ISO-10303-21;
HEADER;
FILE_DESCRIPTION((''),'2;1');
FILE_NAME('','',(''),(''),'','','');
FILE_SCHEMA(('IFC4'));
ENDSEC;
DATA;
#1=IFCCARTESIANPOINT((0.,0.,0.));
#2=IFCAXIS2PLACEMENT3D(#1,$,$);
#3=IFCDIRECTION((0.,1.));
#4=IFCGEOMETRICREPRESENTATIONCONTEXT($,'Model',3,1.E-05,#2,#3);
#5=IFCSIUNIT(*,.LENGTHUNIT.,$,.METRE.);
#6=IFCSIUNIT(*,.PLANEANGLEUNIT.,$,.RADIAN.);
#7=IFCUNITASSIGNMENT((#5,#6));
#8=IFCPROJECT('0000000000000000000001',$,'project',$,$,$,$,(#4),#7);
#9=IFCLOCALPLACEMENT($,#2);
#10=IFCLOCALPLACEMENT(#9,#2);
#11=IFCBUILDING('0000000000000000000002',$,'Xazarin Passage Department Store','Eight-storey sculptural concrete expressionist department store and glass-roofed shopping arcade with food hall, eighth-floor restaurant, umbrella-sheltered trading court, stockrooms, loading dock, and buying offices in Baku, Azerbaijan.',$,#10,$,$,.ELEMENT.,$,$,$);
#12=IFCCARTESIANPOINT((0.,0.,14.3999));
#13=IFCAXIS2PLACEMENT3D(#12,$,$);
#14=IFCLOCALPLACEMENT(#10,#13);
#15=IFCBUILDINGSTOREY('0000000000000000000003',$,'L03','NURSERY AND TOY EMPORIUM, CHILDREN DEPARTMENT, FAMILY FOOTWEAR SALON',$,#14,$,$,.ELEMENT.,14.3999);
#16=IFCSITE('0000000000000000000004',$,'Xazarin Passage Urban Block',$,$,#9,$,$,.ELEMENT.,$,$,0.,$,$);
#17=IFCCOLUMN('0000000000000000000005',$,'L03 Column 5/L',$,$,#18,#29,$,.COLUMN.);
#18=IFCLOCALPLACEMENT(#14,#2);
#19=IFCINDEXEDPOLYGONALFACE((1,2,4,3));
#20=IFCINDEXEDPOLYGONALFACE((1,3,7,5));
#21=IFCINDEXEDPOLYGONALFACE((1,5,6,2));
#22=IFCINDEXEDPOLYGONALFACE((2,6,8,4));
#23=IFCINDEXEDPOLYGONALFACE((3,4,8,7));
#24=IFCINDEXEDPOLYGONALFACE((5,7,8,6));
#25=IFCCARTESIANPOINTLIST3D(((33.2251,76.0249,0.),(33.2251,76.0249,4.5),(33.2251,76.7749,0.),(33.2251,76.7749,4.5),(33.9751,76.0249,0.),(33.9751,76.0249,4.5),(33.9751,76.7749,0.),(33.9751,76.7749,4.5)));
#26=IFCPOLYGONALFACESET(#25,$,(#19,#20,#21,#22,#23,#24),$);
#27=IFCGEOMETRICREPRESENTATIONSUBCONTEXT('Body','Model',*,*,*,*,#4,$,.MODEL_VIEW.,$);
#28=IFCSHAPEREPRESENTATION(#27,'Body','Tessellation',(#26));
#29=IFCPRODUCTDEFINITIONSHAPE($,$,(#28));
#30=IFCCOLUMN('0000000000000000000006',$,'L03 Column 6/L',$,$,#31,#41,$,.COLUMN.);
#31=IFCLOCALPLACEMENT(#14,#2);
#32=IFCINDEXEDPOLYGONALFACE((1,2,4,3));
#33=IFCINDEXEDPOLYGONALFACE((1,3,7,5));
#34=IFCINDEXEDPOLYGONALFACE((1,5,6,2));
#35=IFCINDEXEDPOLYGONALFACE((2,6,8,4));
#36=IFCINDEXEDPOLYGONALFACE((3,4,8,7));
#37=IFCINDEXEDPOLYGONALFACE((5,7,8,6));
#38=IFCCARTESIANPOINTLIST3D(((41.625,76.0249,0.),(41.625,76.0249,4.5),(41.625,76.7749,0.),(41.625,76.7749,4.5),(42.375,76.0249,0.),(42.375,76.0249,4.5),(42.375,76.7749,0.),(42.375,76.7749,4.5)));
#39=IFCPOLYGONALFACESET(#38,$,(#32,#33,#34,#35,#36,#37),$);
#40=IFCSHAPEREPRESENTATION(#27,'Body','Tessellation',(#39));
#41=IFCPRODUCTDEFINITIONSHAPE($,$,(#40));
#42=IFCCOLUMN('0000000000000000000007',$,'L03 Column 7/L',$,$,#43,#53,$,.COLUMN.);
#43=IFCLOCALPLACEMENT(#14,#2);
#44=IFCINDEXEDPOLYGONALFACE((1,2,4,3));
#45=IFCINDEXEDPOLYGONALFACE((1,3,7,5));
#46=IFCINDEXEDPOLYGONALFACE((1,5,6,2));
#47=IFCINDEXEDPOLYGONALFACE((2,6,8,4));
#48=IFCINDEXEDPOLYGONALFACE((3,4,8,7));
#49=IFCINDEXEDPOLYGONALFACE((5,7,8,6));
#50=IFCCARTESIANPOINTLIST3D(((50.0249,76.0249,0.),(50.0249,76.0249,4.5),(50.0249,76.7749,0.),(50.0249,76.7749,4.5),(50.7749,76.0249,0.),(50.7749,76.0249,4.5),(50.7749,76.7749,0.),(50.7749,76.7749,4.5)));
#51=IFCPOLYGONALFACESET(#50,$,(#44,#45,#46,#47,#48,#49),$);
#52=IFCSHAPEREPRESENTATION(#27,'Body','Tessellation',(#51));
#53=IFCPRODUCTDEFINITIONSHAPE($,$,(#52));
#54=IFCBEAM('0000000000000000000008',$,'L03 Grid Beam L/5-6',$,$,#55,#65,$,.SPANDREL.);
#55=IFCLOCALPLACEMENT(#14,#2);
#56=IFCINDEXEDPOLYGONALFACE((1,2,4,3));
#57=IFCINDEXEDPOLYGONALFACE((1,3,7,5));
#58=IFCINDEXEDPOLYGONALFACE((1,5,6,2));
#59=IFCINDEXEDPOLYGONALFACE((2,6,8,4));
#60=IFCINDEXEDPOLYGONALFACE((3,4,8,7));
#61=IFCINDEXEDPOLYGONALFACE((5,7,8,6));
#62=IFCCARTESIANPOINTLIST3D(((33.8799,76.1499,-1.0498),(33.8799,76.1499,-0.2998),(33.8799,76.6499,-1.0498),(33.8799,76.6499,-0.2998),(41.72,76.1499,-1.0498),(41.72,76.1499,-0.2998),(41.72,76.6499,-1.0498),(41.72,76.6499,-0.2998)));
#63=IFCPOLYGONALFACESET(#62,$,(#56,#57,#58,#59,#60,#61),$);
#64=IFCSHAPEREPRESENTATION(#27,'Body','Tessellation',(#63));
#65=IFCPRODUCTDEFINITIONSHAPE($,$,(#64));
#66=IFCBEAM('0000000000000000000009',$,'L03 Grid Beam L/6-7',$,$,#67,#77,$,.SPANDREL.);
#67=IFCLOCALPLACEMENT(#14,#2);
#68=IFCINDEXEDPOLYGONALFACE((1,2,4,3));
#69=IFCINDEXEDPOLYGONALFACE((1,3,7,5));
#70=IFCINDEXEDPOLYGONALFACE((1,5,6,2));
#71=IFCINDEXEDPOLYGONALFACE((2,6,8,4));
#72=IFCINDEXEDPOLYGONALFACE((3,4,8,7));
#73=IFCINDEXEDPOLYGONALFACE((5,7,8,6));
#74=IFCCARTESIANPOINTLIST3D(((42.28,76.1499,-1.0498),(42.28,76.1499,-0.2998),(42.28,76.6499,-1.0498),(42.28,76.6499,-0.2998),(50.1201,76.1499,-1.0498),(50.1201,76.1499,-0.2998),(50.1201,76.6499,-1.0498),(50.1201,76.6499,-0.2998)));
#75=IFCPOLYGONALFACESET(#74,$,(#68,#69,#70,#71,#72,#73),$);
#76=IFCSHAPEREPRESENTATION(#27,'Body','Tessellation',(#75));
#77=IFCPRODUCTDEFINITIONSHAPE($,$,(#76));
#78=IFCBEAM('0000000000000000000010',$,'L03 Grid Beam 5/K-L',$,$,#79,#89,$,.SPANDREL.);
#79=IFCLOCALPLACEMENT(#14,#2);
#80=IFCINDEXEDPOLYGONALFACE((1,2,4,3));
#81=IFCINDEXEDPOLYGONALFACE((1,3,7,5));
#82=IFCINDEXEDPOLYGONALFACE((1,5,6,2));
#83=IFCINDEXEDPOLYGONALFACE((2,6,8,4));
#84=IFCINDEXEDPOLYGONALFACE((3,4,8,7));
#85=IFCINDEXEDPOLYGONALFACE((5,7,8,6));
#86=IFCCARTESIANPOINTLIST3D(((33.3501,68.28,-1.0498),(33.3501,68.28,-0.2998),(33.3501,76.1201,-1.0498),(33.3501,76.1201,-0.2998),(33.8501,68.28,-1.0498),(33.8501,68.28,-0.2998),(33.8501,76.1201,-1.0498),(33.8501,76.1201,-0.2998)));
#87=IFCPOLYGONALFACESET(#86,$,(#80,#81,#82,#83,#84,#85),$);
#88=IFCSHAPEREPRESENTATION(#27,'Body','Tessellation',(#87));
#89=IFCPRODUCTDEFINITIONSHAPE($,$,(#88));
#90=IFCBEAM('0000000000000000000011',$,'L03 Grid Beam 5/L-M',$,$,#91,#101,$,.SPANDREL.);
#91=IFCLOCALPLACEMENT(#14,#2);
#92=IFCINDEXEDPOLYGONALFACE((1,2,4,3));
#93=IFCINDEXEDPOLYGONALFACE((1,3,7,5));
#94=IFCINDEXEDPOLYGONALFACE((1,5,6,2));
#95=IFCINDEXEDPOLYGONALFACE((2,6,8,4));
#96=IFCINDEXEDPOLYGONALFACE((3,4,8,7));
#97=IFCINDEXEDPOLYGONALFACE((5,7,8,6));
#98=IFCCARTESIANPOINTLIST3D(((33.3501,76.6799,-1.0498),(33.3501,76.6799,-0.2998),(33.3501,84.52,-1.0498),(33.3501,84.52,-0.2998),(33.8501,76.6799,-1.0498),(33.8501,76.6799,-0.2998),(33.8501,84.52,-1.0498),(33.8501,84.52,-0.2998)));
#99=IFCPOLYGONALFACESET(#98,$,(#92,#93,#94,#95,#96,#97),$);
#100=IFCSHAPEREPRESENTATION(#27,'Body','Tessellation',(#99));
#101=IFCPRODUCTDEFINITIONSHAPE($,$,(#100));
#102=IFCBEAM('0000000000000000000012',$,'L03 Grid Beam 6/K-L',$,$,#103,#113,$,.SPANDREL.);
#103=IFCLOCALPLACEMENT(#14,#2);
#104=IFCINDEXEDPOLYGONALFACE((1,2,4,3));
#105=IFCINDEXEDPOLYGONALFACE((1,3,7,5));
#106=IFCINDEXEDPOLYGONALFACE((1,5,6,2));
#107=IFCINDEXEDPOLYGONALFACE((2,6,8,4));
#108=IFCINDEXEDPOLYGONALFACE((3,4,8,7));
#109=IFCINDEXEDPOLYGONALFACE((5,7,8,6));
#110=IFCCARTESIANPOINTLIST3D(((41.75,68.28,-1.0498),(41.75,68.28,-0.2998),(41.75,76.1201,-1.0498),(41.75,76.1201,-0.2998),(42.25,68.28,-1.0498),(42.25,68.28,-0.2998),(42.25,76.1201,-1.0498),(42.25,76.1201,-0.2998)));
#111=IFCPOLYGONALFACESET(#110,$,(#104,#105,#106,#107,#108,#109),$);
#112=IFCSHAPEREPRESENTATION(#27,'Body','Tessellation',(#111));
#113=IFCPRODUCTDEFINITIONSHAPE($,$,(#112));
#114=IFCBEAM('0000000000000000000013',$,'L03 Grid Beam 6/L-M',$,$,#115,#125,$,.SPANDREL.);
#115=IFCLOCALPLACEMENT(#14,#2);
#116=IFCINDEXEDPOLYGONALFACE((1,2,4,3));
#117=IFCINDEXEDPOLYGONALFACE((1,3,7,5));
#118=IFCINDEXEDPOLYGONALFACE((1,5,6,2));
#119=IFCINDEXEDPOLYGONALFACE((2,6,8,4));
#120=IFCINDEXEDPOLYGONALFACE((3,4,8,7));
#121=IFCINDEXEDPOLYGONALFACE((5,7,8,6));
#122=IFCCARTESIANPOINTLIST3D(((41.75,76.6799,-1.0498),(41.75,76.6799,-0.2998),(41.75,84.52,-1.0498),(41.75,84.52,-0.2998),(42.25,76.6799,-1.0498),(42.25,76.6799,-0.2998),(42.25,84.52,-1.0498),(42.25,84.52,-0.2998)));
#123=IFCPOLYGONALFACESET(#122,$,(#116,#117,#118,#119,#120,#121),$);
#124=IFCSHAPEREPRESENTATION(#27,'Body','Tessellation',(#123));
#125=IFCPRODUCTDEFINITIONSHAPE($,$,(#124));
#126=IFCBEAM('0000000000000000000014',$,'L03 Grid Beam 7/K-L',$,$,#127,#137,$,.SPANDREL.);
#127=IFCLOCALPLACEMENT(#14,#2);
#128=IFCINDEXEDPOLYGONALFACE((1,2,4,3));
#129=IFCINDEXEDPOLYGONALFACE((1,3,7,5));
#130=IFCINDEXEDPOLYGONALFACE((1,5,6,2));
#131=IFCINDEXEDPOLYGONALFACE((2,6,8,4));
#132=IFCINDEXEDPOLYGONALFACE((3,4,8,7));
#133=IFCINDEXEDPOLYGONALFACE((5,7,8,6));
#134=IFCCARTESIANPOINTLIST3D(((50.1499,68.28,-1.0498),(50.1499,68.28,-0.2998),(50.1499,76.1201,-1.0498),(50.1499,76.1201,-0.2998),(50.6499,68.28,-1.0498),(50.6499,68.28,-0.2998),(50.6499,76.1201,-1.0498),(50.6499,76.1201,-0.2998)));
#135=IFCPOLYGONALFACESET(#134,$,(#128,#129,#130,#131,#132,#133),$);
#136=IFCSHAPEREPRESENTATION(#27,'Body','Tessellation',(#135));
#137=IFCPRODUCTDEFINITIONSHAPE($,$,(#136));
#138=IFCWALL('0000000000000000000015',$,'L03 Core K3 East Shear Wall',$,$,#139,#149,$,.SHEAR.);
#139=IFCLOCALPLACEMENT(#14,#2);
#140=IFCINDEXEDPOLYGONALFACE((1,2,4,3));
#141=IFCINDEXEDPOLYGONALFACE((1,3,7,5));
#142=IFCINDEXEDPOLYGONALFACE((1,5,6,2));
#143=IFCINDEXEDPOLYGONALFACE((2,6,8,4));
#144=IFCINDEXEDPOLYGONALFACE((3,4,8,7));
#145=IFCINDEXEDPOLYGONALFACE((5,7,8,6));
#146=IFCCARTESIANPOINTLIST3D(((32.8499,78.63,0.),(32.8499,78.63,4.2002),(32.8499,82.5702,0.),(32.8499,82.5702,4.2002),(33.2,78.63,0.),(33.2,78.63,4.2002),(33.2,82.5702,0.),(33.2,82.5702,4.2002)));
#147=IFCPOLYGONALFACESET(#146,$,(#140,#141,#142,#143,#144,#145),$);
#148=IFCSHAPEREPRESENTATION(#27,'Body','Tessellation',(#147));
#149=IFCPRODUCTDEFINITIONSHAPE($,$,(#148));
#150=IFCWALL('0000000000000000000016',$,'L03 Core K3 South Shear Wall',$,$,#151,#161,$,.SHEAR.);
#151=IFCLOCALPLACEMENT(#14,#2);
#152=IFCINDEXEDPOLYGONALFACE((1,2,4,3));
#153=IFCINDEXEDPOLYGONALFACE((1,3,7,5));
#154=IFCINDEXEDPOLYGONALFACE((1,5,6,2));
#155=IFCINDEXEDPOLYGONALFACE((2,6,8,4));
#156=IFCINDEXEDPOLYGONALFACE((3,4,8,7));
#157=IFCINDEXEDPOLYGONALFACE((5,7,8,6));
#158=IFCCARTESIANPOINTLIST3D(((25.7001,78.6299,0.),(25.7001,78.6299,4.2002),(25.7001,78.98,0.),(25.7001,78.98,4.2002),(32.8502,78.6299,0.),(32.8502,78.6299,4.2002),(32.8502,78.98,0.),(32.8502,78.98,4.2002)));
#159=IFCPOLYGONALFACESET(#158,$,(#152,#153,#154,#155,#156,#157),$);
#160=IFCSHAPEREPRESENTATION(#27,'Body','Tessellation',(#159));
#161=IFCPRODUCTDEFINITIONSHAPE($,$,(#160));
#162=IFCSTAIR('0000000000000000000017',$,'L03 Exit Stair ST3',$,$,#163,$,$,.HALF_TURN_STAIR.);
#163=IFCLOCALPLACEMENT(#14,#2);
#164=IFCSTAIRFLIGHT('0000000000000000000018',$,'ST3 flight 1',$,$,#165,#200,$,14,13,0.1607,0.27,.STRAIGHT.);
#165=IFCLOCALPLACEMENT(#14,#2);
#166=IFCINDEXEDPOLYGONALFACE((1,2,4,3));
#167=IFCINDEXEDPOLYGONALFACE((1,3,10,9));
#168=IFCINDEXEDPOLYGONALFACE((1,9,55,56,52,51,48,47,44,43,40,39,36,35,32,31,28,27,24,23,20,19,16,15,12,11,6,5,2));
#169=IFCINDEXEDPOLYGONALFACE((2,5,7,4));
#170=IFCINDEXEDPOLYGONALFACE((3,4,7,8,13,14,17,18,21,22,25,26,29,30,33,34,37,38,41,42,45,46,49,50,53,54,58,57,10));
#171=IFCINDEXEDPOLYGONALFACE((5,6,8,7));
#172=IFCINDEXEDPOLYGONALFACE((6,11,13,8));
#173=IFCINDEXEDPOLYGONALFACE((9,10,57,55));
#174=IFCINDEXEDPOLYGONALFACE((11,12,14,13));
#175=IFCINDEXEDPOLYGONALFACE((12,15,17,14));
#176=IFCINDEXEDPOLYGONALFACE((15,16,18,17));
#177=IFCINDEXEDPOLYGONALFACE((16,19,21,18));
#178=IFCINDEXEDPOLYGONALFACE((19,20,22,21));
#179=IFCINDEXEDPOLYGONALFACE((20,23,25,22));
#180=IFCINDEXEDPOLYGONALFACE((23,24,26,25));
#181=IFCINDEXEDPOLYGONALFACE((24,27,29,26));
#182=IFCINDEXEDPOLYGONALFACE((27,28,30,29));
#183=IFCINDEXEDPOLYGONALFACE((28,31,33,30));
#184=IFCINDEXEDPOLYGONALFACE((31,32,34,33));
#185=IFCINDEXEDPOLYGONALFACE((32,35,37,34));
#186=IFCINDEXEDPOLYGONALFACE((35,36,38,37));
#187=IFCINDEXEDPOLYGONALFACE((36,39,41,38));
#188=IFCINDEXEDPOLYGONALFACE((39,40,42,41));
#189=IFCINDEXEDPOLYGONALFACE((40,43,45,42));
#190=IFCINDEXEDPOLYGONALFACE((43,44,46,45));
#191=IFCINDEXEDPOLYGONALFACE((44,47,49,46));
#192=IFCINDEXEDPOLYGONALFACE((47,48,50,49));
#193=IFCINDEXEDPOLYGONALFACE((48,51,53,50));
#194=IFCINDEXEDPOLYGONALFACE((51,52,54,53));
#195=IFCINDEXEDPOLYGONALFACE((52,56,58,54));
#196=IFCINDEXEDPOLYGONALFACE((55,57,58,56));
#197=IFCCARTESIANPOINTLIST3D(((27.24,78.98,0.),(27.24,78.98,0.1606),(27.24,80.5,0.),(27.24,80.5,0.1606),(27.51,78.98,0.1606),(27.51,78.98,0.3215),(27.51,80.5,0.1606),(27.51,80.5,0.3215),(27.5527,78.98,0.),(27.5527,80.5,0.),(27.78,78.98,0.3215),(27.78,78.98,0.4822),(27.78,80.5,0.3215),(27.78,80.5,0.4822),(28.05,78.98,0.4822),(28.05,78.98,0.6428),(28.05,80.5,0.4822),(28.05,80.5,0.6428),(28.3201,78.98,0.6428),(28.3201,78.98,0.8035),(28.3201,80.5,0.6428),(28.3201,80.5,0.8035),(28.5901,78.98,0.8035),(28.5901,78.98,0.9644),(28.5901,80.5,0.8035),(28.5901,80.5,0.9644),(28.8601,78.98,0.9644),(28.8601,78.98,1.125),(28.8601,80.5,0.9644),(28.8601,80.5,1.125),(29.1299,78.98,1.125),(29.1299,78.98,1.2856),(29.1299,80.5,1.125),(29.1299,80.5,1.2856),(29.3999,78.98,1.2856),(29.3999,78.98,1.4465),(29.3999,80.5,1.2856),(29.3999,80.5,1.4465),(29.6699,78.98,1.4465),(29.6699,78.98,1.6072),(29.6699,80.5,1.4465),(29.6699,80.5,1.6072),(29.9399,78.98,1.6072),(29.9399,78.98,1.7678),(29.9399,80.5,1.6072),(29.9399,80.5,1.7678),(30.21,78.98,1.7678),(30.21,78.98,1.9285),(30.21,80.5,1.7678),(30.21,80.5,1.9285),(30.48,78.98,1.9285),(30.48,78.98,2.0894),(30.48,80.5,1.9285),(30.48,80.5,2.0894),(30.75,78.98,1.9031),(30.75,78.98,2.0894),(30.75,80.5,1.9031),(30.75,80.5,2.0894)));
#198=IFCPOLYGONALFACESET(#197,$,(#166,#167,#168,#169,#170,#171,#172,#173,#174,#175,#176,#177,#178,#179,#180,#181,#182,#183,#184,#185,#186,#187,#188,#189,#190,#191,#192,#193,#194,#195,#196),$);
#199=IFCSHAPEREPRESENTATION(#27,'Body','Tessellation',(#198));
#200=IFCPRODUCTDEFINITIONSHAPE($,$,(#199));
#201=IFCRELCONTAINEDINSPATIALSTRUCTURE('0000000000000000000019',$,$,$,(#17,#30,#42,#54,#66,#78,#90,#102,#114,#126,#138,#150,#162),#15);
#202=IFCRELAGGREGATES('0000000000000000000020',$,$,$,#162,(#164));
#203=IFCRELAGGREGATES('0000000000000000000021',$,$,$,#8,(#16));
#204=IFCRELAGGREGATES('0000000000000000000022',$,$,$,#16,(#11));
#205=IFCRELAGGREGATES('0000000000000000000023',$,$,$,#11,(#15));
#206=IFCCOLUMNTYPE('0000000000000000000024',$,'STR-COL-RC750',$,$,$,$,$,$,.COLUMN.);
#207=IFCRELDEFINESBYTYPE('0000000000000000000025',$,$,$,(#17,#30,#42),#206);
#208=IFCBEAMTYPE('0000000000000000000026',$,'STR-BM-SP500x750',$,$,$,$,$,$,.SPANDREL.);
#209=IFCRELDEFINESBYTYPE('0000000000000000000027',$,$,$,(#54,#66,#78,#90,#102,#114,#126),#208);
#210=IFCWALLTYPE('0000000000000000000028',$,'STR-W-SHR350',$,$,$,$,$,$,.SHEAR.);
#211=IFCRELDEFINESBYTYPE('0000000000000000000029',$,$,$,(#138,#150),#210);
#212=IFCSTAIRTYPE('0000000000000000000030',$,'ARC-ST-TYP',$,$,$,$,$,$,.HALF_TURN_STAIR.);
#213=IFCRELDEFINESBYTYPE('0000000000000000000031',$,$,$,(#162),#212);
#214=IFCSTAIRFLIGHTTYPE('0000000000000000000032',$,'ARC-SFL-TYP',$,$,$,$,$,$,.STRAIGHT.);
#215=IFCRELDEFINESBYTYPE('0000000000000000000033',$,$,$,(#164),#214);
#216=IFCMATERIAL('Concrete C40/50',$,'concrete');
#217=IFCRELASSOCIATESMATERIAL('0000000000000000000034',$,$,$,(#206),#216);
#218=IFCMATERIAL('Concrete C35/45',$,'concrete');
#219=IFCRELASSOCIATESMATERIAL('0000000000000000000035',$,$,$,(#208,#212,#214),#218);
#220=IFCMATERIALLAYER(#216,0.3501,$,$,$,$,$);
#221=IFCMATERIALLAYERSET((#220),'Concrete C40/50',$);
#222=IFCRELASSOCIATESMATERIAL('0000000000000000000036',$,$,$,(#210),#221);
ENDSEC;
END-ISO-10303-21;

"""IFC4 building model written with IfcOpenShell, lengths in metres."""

from ifc_helpers import new_model, si_unit, direction, frame, frame_2d, origin, origin_2d, place, context, subcontext, project, spatial, polyline, rectangle, outline, extrude, material, layer, layer_set, material_profile, profile_set, type_object, element, aggregate, save


model = new_model("IFC4")

# Units and contexts
model_context = context("Model", 3, precision=1e-05, world=origin(), true_north=direction((0.0, 1.0)))
body_context = subcontext(model_context, "Body", "Model", "MODEL_VIEW")
ifc_project = project(units=[si_unit("LENGTHUNIT", "METRE"), si_unit("PLANEANGLEUNIT", "RADIAN")], contexts=[model_context])

# Site, building, storey
site_placement = place(None, origin())
site = spatial("IfcSite", under=ifc_project, at=site_placement, Name="Xazarin Passage Urban Block", CompositionType="ELEMENT", RefElevation=0.0)
building_placement = place(site_placement, origin())
building = spatial("IfcBuilding", under=site, at=building_placement, Name="Xazarin Passage Department Store", Description="Eight-storey sculptural concrete expressionist department store and glass-roofed shopping arcade with food hall, eighth-floor restaurant, umbrella-sheltered trading court, stockrooms, loading dock, and buying offices in Baku, Azerbaijan.", CompositionType="ELEMENT")
storey_placement = place(building_placement, frame((0.0, 0.0, 14.3999)))
storey = spatial("IfcBuildingStorey", under=building, at=storey_placement, Name="L03", Description="NURSERY AND TOY EMPORIUM, CHILDREN DEPARTMENT, FAMILY FOOTWEAR SALON", CompositionType="ELEMENT", Elevation=14.3999)

# Columns
ifc_material_1 = material(Name="Concrete C40/50", Category="concrete")
ifc_material_profile_1 = material_profile(ifc_material_1, rectangle(XDim=0.75, YDim=0.75, at=origin_2d()), Name="RC 750x750")
ifc_profile_set_1 = profile_set([ifc_material_profile_1], Name="Concrete C40/50")
column_type = type_object("IfcColumnType", Name="STR-COL-RC750", PredefinedType="COLUMN", material=ifc_profile_set_1)
for number, where, z_axis, x_axis, name in (
    (1, (33.6001, 76.3999, 0.0), (0.0, 0.0, 1.0), (1.0, 0.0, 0.0), "L03 Column 5/L"),
    (2, (42.0, 76.3999, 0.0), (0.0, 0.0, 1.0), (1.0, 0.0, 0.0), "L03 Column 6/L"),
    (3, (50.3999, 76.3999, 0.0), (0.0, 0.0, 1.0), (1.0, 0.0, 0.0), "L03 Column 7/L"),
):
    element("IfcColumn", number, at=place(storey_placement, frame(where, z_axis=z_axis, x_axis=x_axis)), inside=storey, type_object=column_type, Name=name, PredefinedType="COLUMN", context=body_context, shape_type="SweptSolid", body=[
        extrude(rectangle(XDim=0.75, YDim=0.75, at=origin_2d()), origin(), (0.0, 0.0, 1.0), 4.5),
    ])

# Beams
ifc_material_2 = material(Name="Concrete C35/45", Category="concrete")
ifc_material_profile_2 = material_profile(ifc_material_2, rectangle(XDim=0.5, YDim=0.75, at=origin_2d()), Name="RC 500x750")
ifc_profile_set_2 = profile_set([ifc_material_profile_2], Name="Concrete C35/45")
beam_type = type_object("IfcBeamType", Name="STR-BM-SP500x750", PredefinedType="SPANDREL", material=ifc_profile_set_2)
for number, where, z_axis, x_axis, name in (
    (4, (33.8799, 76.3999, -0.6748), (1.0, 0.0, 0.0), (0.0, 1.0, 0.0), "L03 Grid Beam L/5-6"),
    (5, (42.28, 76.3999, -0.6748), (1.0, 0.0, 0.0), (0.0, 1.0, 0.0), "L03 Grid Beam L/6-7"),
    (6, (33.6001, 68.28, -0.6748), (0.0, 1.0, 0.0), (-1.0, 0.0, 0.0), "L03 Grid Beam 5/K-L"),
    (7, (33.6001, 76.6799, -0.6748), (0.0, 1.0, 0.0), (-1.0, 0.0, 0.0), "L03 Grid Beam 5/L-M"),
    (8, (42.0, 68.28, -0.6748), (0.0, 1.0, 0.0), (-1.0, 0.0, 0.0), "L03 Grid Beam 6/K-L"),
    (9, (42.0, 76.6799, -0.6748), (0.0, 1.0, 0.0), (-1.0, 0.0, 0.0), "L03 Grid Beam 6/L-M"),
    (10, (50.3999, 68.28, -0.6748), (0.0, 1.0, 0.0), (-1.0, 0.0, 0.0), "L03 Grid Beam 7/K-L"),
):
    element("IfcBeam", number, at=place(storey_placement, frame(where, z_axis=z_axis, x_axis=x_axis)), inside=storey, type_object=beam_type, Name=name, PredefinedType="SPANDREL", context=body_context, shape_type="SweptSolid", body=[
        extrude(rectangle(XDim=0.5, YDim=0.75, at=origin_2d()), origin(), (0.0, 0.0, 1.0), 7.8401),
    ])

# Walls
ifc_layer = layer(ifc_material_1, 0.3501)
ifc_layer_set = layer_set([ifc_layer], Name="Concrete C40/50")
wall_type = type_object("IfcWallType", Name="STR-W-SHR350", PredefinedType="SHEAR", material=ifc_layer_set)
wall_1_placement = place(storey_placement, frame((33.0249, 78.6299, 0.0), z_axis=(0.0, 0.0, 1.0), x_axis=(0.0, 1.0, 0.0)))
element("IfcWall", 11, at=wall_1_placement, inside=storey, type_object=wall_type, Name="L03 Core K3 East Shear Wall", PredefinedType="SHEAR", context=body_context, shape_type="SweptSolid", body=[
    extrude(rectangle(XDim=3.9402, YDim=0.3501, at=frame_2d((1.9702, 0.0))), origin(), (0.0, 0.0, 1.0), 4.2002),
])
wall_2_placement = place(storey_placement, frame((25.7, 78.8049, 0.0), z_axis=(0.0, 0.0, 1.0), x_axis=(1.0, 0.0, 0.0)))
element("IfcWall", 12, at=wall_2_placement, inside=storey, type_object=wall_type, Name="L03 Core K3 South Shear Wall", PredefinedType="SHEAR", context=body_context, shape_type="SweptSolid", body=[
    extrude(rectangle(XDim=7.1501, YDim=0.3501, at=frame_2d((3.5752, 0.0))), origin(), (0.0, 0.0, 1.0), 4.2002),
])

# Stair, stair flight
stair_type = type_object("IfcStairType", Name="ARC-ST-TYP", PredefinedType="HALF_TURN_STAIR", material=ifc_material_2)
stair_placement = place(storey_placement, origin())
stair = element("IfcStair", 13, at=stair_placement, inside=storey, type_object=stair_type, Name="L03 Exit Stair ST3", PredefinedType="HALF_TURN_STAIR")
stair_flight_type = type_object("IfcStairFlightType", Name="ARC-SFL-TYP", PredefinedType="STRAIGHT", material=ifc_material_2)
stair_flight_1_placement = place(storey_placement, frame((27.24, 79.74, 0.0), z_axis=(0.0, 0.0, 1.0), x_axis=(1.0, 0.0, 0.0)))
stair_flight_1 = element("IfcStairFlight", 14, at=stair_flight_1_placement, type_object=stair_flight_type, Name="ST3 flight 1", NumberOfRisers=14, NumberOfTreads=13, PredefinedType="STRAIGHT", RiserHeight=0.1607, TreadLength=0.27, context=body_context, shape_type="SweptSolid", body=[
    extrude(outline(polyline([(0.0, 0.0), (0.0, 0.1606), (0.27, 0.1606), (0.27, 0.3215), (0.54, 0.3215), (0.54, 0.4822), (0.8101, 0.4822), (0.8101, 0.6428), (1.0801, 0.6428), (1.0801, 0.8035), (1.3501, 0.8035), (1.3501, 0.9644), (1.6201, 0.9644), (1.6201, 1.125), (1.8899, 1.125), (1.8899, 1.2856), (2.1599, 1.2856), (2.1599, 1.4465), (2.4299, 1.4465), (2.4299, 1.6072), (2.7, 1.6072), (2.7, 1.7678), (2.97, 1.7678), (2.97, 1.9285), (3.24, 1.9285), (3.24, 2.0894), (3.51, 2.0894), (3.51, 2.25), (3.51, 1.9031), (0.3127, 0.0), (0.0, 0.0)])), frame((0.0, 0.76, 0.0), z_axis=(0.0, -1.0, 0.0), x_axis=(1.0, 0.0, 0.0)), (0.0, 0.0, 1.0), 1.52),
])
aggregate(stair, [stair_flight_1])

save(model, "model.ifc")
